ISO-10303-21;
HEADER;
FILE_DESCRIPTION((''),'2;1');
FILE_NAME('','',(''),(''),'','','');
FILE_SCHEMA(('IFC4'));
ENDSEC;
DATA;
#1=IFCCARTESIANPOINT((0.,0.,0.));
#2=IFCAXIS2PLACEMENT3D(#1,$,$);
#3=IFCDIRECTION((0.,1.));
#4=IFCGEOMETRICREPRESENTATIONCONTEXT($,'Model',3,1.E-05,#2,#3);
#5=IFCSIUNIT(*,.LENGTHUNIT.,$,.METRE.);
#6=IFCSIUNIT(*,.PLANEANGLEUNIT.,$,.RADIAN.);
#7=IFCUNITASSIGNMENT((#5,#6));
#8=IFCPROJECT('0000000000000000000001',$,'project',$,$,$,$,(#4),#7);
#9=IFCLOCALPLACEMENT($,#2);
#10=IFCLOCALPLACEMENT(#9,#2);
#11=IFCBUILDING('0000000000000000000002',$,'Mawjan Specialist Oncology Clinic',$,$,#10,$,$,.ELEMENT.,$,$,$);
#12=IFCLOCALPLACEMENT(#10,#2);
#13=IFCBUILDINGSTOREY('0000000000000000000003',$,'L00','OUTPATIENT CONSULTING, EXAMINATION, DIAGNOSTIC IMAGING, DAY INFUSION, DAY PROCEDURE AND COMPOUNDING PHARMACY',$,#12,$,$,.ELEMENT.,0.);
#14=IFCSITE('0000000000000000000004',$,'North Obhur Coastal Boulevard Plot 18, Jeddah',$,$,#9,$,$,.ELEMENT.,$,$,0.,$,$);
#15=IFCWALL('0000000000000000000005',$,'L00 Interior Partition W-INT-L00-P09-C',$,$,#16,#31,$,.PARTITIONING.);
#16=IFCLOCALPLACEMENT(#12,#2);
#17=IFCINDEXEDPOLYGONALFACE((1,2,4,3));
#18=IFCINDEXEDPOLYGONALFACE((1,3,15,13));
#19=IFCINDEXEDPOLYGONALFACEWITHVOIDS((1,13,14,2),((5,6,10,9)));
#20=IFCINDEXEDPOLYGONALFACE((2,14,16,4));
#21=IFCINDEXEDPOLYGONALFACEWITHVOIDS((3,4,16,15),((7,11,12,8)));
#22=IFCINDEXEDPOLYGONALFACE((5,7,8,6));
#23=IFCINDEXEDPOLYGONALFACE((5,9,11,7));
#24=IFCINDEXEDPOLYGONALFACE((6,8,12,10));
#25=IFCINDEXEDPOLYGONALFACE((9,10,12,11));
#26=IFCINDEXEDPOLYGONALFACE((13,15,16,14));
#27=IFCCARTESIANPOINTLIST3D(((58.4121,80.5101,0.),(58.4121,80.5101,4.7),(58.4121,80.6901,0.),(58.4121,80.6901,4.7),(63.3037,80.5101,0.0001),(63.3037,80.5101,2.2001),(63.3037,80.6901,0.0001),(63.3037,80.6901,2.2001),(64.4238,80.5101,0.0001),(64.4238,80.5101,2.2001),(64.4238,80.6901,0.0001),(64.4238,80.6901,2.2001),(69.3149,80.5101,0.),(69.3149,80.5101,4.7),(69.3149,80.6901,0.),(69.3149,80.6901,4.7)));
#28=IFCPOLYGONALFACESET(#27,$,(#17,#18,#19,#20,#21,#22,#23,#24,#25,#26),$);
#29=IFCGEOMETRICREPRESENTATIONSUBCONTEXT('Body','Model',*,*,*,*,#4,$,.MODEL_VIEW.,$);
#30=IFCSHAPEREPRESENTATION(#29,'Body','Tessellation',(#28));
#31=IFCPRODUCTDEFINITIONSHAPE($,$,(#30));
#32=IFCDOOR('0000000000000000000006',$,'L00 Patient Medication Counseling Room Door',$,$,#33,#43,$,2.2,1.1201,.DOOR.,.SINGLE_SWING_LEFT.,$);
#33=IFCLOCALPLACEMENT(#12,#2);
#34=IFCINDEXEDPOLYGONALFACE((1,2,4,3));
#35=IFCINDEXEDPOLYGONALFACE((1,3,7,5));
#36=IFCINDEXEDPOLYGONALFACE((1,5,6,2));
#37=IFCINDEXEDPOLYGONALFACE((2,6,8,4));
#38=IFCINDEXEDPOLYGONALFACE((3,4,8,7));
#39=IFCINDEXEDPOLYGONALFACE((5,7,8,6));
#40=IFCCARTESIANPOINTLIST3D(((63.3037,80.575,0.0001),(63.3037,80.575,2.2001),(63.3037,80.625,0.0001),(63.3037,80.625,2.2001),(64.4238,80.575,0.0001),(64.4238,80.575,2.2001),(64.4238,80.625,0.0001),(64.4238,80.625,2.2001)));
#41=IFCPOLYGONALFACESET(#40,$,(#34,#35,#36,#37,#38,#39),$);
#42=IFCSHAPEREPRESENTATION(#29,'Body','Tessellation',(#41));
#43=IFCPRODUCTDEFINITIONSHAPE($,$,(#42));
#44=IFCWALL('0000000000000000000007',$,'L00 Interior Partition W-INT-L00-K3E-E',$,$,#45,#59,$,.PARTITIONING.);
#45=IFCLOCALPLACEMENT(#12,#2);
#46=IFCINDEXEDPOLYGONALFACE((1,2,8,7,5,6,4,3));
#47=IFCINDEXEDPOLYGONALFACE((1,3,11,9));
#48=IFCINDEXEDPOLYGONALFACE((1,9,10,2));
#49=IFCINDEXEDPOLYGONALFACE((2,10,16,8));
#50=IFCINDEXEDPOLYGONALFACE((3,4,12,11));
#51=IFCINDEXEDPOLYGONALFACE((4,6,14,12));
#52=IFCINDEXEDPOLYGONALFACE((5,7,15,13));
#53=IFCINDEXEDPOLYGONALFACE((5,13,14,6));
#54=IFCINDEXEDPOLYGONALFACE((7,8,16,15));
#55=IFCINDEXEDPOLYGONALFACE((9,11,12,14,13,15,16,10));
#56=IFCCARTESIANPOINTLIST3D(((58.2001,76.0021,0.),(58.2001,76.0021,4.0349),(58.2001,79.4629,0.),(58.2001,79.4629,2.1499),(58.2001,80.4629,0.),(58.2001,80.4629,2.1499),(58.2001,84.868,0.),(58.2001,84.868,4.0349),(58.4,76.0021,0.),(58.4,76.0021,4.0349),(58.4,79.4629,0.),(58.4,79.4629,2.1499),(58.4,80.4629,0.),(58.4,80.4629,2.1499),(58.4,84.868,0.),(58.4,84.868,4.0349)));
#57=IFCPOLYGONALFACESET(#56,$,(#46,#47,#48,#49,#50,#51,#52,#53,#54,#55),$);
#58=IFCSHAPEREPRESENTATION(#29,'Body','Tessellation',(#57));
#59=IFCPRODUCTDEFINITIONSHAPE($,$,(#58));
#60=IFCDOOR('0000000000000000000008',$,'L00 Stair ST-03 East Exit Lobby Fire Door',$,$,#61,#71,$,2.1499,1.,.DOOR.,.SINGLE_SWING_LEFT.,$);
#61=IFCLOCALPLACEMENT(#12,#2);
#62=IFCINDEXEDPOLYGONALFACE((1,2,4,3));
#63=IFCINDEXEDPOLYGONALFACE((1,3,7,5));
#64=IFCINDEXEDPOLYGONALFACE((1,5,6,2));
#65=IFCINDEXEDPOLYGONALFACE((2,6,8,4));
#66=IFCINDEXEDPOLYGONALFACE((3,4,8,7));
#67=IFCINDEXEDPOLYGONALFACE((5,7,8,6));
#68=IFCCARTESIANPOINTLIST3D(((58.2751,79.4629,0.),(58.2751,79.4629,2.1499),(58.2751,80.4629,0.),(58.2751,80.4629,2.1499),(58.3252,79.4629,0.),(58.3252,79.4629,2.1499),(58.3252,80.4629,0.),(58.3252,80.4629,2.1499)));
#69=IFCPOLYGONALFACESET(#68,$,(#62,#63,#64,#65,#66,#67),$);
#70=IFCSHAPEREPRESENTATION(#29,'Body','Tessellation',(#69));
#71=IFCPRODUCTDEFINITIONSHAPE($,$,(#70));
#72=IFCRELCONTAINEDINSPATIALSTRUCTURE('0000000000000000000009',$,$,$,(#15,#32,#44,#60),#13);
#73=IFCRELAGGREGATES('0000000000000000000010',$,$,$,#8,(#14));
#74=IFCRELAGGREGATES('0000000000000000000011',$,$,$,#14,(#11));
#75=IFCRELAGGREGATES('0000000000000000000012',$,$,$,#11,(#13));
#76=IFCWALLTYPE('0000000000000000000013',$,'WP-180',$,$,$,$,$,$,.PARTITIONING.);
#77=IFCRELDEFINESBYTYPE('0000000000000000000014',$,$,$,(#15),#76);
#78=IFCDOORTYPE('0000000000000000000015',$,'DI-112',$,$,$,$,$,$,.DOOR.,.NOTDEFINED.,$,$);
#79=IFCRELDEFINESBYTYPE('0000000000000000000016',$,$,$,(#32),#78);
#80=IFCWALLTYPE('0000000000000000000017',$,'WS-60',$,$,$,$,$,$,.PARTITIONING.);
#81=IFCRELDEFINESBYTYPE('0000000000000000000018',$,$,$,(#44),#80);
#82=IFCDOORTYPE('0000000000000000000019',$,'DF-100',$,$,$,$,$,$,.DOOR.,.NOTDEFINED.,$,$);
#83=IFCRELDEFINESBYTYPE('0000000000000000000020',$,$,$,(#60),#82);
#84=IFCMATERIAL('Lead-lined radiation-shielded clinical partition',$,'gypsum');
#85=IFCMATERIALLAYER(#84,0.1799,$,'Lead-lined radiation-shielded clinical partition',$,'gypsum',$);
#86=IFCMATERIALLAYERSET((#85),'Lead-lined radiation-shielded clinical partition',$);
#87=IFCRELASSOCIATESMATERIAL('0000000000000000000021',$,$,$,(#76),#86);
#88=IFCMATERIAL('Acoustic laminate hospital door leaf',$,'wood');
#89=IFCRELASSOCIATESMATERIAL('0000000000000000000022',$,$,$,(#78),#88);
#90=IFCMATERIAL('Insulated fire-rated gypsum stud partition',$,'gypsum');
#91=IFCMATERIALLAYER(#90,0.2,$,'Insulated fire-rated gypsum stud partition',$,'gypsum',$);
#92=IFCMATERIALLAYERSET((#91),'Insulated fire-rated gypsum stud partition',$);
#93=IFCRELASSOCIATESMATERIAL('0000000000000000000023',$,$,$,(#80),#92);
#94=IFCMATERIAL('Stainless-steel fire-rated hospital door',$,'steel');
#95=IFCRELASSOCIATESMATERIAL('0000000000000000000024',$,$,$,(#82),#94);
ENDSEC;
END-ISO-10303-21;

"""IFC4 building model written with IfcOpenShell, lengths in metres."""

from ifc_helpers import new_model, si_unit, direction, frame, frame_2d, origin, place, context, subcontext, project, spatial, rectangle, extrude, material, layer, layer_set, type_object, element, fill, save


model = new_model("IFC4")

# Units and contexts
model_context = context("Model", 3, precision=1e-05, world=origin(), true_north=direction((0.0, 1.0)))
body_context = subcontext(model_context, "Body", "Model", "MODEL_VIEW")
ifc_project = project(units=[si_unit("LENGTHUNIT", "METRE"), si_unit("PLANEANGLEUNIT", "RADIAN")], contexts=[model_context])

# Site, building, storey
site_placement = place(None, origin())
site = spatial("IfcSite", under=ifc_project, at=site_placement, Name="North Obhur Coastal Boulevard Plot 18, Jeddah", CompositionType="ELEMENT", RefElevation=0.0)
building_placement = place(site_placement, origin())
building = spatial("IfcBuilding", under=site, at=building_placement, Name="Mawjan Specialist Oncology Clinic", CompositionType="ELEMENT")
storey_placement = place(building_placement, origin())
storey = spatial("IfcBuildingStorey", under=building, at=storey_placement, Name="L00", Description="OUTPATIENT CONSULTING, EXAMINATION, DIAGNOSTIC IMAGING, DAY INFUSION, DAY PROCEDURE AND COMPOUNDING PHARMACY", CompositionType="ELEMENT", Elevation=0.0)

# Walls, openings, doors
ifc_material_1 = material(Name="Lead-lined radiation-shielded clinical partition", Category="gypsum")
ifc_layer_1 = layer(ifc_material_1, 0.1799, Name="Lead-lined radiation-shielded clinical partition", Category="gypsum")
ifc_layer_set_1 = layer_set([ifc_layer_1], Name="Lead-lined radiation-shielded clinical partition")
wall_type_1 = type_object("IfcWallType", Name="WP-180", PredefinedType="PARTITIONING", material=ifc_layer_set_1)
wall_1_placement = place(storey_placement, frame((58.4121, 80.6001, 0.0), z_axis=(0.0, 0.0, 1.0), x_axis=(1.0, 0.0, 0.0)))
wall_1 = element("IfcWall", 1, at=wall_1_placement, inside=storey, type_object=wall_type_1, Name="L00 Interior Partition W-INT-L00-P09-C", PredefinedType="PARTITIONING", context=body_context, shape_type="SweptSolid", body=[
    extrude(rectangle(XDim=10.9028, YDim=0.1799, at=frame_2d((5.4514, 0.0))), origin(), (0.0, 0.0, 1.0), 4.7),
])
opening_1_placement = place(wall_1_placement, frame((4.8916, 0.0, 0.0)))
opening_1 = element("IfcOpeningElement", 2, at=opening_1_placement, cuts=wall_1, PredefinedType="OPENING", context=body_context, shape_type="SweptSolid", body=[
    extrude(rectangle(XDim=1.1201, YDim=2.2, at=frame_2d((0.5601, 1.1001))), frame((0.0, 0.1021, 0.0), z_axis=(0.0, -1.0, 0.0), x_axis=(1.0, 0.0, 0.0)), (0.0, 0.0, 1.0), 0.2039),
])
ifc_material_2 = material(Name="Acoustic laminate hospital door leaf", Category="wood")
door_type_1 = type_object("IfcDoorType", Name="DI-112", OperationType="NOTDEFINED", PredefinedType="DOOR", material=ifc_material_2)
door_1_placement = place(opening_1_placement, origin())
door_1 = element("IfcDoor", 3, at=door_1_placement, inside=storey, type_object=door_type_1, Name="L00 Patient Medication Counseling Room Door", OperationType="SINGLE_SWING_LEFT", OverallHeight=2.2, OverallWidth=1.1201, PredefinedType="DOOR", context=body_context, shape_type="SweptSolid", body=[
    extrude(rectangle(XDim=1.1201, YDim=2.2, at=frame_2d((0.5601, 1.1001))), frame((0.0, 0.0249, 0.0), z_axis=(0.0, -1.0, 0.0), x_axis=(1.0, 0.0, 0.0)), (0.0, 0.0, 1.0), 0.05),
])
fill(opening_1, door_1)
ifc_material_3 = material(Name="Insulated fire-rated gypsum stud partition", Category="gypsum")
ifc_layer_2 = layer(ifc_material_3, 0.2, Name="Insulated fire-rated gypsum stud partition", Category="gypsum")
ifc_layer_set_2 = layer_set([ifc_layer_2], Name="Insulated fire-rated gypsum stud partition")
wall_type_2 = type_object("IfcWallType", Name="WS-60", PredefinedType="PARTITIONING", material=ifc_layer_set_2)
ifc_material_4 = material(Name="Stainless-steel fire-rated hospital door", Category="steel")
door_type_2 = type_object("IfcDoorType", Name="DF-100", OperationType="NOTDEFINED", PredefinedType="DOOR", material=ifc_material_4)
wall_2_placement = place(storey_placement, frame((58.3, 76.002, 0.0), z_axis=(0.0, 0.0, 1.0), x_axis=(0.0, 1.0, 0.0)))
wall_2 = element("IfcWall", 4, at=wall_2_placement, inside=storey, type_object=wall_type_2, Name="L00 Interior Partition W-INT-L00-K3E-E", PredefinedType="PARTITIONING", context=body_context, shape_type="SweptSolid", body=[
    extrude(rectangle(XDim=8.866, YDim=0.2, at=frame_2d((4.4331, 0.0))), origin(), (0.0, 0.0, 1.0), 4.0349),
])
opening_2_placement = place(wall_2_placement, frame((3.4609, 0.0, 0.0)))
opening_2 = element("IfcOpeningElement", 5, at=opening_2_placement, cuts=wall_2, PredefinedType="OPENING", context=body_context, shape_type="SweptSolid", body=[
    extrude(rectangle(XDim=1.0, YDim=2.1499, at=frame_2d((0.5, 1.075))), frame((0.0, 0.1121, 0.0), z_axis=(0.0, -1.0, 0.0), x_axis=(1.0, 0.0, 0.0)), (0.0, 0.0, 1.0), 0.2239),
])
door_2_placement = place(opening_2_placement, origin())
door_2 = element("IfcDoor", 6, at=door_2_placement, inside=storey, type_object=door_type_2, Name="L00 Stair ST-03 East Exit Lobby Fire Door", OperationType="SINGLE_SWING_LEFT", OverallHeight=2.1499, OverallWidth=1.0, PredefinedType="DOOR", context=body_context, shape_type="SweptSolid", body=[
    extrude(rectangle(XDim=1.0, YDim=2.1499, at=frame_2d((0.5, 1.075))), frame((0.0, 0.0249, 0.0), z_axis=(0.0, -1.0, 0.0), x_axis=(1.0, 0.0, 0.0)), (0.0, 0.0, 1.0), 0.05),
])
fill(opening_2, door_2)

save(model, "model.ifc")
